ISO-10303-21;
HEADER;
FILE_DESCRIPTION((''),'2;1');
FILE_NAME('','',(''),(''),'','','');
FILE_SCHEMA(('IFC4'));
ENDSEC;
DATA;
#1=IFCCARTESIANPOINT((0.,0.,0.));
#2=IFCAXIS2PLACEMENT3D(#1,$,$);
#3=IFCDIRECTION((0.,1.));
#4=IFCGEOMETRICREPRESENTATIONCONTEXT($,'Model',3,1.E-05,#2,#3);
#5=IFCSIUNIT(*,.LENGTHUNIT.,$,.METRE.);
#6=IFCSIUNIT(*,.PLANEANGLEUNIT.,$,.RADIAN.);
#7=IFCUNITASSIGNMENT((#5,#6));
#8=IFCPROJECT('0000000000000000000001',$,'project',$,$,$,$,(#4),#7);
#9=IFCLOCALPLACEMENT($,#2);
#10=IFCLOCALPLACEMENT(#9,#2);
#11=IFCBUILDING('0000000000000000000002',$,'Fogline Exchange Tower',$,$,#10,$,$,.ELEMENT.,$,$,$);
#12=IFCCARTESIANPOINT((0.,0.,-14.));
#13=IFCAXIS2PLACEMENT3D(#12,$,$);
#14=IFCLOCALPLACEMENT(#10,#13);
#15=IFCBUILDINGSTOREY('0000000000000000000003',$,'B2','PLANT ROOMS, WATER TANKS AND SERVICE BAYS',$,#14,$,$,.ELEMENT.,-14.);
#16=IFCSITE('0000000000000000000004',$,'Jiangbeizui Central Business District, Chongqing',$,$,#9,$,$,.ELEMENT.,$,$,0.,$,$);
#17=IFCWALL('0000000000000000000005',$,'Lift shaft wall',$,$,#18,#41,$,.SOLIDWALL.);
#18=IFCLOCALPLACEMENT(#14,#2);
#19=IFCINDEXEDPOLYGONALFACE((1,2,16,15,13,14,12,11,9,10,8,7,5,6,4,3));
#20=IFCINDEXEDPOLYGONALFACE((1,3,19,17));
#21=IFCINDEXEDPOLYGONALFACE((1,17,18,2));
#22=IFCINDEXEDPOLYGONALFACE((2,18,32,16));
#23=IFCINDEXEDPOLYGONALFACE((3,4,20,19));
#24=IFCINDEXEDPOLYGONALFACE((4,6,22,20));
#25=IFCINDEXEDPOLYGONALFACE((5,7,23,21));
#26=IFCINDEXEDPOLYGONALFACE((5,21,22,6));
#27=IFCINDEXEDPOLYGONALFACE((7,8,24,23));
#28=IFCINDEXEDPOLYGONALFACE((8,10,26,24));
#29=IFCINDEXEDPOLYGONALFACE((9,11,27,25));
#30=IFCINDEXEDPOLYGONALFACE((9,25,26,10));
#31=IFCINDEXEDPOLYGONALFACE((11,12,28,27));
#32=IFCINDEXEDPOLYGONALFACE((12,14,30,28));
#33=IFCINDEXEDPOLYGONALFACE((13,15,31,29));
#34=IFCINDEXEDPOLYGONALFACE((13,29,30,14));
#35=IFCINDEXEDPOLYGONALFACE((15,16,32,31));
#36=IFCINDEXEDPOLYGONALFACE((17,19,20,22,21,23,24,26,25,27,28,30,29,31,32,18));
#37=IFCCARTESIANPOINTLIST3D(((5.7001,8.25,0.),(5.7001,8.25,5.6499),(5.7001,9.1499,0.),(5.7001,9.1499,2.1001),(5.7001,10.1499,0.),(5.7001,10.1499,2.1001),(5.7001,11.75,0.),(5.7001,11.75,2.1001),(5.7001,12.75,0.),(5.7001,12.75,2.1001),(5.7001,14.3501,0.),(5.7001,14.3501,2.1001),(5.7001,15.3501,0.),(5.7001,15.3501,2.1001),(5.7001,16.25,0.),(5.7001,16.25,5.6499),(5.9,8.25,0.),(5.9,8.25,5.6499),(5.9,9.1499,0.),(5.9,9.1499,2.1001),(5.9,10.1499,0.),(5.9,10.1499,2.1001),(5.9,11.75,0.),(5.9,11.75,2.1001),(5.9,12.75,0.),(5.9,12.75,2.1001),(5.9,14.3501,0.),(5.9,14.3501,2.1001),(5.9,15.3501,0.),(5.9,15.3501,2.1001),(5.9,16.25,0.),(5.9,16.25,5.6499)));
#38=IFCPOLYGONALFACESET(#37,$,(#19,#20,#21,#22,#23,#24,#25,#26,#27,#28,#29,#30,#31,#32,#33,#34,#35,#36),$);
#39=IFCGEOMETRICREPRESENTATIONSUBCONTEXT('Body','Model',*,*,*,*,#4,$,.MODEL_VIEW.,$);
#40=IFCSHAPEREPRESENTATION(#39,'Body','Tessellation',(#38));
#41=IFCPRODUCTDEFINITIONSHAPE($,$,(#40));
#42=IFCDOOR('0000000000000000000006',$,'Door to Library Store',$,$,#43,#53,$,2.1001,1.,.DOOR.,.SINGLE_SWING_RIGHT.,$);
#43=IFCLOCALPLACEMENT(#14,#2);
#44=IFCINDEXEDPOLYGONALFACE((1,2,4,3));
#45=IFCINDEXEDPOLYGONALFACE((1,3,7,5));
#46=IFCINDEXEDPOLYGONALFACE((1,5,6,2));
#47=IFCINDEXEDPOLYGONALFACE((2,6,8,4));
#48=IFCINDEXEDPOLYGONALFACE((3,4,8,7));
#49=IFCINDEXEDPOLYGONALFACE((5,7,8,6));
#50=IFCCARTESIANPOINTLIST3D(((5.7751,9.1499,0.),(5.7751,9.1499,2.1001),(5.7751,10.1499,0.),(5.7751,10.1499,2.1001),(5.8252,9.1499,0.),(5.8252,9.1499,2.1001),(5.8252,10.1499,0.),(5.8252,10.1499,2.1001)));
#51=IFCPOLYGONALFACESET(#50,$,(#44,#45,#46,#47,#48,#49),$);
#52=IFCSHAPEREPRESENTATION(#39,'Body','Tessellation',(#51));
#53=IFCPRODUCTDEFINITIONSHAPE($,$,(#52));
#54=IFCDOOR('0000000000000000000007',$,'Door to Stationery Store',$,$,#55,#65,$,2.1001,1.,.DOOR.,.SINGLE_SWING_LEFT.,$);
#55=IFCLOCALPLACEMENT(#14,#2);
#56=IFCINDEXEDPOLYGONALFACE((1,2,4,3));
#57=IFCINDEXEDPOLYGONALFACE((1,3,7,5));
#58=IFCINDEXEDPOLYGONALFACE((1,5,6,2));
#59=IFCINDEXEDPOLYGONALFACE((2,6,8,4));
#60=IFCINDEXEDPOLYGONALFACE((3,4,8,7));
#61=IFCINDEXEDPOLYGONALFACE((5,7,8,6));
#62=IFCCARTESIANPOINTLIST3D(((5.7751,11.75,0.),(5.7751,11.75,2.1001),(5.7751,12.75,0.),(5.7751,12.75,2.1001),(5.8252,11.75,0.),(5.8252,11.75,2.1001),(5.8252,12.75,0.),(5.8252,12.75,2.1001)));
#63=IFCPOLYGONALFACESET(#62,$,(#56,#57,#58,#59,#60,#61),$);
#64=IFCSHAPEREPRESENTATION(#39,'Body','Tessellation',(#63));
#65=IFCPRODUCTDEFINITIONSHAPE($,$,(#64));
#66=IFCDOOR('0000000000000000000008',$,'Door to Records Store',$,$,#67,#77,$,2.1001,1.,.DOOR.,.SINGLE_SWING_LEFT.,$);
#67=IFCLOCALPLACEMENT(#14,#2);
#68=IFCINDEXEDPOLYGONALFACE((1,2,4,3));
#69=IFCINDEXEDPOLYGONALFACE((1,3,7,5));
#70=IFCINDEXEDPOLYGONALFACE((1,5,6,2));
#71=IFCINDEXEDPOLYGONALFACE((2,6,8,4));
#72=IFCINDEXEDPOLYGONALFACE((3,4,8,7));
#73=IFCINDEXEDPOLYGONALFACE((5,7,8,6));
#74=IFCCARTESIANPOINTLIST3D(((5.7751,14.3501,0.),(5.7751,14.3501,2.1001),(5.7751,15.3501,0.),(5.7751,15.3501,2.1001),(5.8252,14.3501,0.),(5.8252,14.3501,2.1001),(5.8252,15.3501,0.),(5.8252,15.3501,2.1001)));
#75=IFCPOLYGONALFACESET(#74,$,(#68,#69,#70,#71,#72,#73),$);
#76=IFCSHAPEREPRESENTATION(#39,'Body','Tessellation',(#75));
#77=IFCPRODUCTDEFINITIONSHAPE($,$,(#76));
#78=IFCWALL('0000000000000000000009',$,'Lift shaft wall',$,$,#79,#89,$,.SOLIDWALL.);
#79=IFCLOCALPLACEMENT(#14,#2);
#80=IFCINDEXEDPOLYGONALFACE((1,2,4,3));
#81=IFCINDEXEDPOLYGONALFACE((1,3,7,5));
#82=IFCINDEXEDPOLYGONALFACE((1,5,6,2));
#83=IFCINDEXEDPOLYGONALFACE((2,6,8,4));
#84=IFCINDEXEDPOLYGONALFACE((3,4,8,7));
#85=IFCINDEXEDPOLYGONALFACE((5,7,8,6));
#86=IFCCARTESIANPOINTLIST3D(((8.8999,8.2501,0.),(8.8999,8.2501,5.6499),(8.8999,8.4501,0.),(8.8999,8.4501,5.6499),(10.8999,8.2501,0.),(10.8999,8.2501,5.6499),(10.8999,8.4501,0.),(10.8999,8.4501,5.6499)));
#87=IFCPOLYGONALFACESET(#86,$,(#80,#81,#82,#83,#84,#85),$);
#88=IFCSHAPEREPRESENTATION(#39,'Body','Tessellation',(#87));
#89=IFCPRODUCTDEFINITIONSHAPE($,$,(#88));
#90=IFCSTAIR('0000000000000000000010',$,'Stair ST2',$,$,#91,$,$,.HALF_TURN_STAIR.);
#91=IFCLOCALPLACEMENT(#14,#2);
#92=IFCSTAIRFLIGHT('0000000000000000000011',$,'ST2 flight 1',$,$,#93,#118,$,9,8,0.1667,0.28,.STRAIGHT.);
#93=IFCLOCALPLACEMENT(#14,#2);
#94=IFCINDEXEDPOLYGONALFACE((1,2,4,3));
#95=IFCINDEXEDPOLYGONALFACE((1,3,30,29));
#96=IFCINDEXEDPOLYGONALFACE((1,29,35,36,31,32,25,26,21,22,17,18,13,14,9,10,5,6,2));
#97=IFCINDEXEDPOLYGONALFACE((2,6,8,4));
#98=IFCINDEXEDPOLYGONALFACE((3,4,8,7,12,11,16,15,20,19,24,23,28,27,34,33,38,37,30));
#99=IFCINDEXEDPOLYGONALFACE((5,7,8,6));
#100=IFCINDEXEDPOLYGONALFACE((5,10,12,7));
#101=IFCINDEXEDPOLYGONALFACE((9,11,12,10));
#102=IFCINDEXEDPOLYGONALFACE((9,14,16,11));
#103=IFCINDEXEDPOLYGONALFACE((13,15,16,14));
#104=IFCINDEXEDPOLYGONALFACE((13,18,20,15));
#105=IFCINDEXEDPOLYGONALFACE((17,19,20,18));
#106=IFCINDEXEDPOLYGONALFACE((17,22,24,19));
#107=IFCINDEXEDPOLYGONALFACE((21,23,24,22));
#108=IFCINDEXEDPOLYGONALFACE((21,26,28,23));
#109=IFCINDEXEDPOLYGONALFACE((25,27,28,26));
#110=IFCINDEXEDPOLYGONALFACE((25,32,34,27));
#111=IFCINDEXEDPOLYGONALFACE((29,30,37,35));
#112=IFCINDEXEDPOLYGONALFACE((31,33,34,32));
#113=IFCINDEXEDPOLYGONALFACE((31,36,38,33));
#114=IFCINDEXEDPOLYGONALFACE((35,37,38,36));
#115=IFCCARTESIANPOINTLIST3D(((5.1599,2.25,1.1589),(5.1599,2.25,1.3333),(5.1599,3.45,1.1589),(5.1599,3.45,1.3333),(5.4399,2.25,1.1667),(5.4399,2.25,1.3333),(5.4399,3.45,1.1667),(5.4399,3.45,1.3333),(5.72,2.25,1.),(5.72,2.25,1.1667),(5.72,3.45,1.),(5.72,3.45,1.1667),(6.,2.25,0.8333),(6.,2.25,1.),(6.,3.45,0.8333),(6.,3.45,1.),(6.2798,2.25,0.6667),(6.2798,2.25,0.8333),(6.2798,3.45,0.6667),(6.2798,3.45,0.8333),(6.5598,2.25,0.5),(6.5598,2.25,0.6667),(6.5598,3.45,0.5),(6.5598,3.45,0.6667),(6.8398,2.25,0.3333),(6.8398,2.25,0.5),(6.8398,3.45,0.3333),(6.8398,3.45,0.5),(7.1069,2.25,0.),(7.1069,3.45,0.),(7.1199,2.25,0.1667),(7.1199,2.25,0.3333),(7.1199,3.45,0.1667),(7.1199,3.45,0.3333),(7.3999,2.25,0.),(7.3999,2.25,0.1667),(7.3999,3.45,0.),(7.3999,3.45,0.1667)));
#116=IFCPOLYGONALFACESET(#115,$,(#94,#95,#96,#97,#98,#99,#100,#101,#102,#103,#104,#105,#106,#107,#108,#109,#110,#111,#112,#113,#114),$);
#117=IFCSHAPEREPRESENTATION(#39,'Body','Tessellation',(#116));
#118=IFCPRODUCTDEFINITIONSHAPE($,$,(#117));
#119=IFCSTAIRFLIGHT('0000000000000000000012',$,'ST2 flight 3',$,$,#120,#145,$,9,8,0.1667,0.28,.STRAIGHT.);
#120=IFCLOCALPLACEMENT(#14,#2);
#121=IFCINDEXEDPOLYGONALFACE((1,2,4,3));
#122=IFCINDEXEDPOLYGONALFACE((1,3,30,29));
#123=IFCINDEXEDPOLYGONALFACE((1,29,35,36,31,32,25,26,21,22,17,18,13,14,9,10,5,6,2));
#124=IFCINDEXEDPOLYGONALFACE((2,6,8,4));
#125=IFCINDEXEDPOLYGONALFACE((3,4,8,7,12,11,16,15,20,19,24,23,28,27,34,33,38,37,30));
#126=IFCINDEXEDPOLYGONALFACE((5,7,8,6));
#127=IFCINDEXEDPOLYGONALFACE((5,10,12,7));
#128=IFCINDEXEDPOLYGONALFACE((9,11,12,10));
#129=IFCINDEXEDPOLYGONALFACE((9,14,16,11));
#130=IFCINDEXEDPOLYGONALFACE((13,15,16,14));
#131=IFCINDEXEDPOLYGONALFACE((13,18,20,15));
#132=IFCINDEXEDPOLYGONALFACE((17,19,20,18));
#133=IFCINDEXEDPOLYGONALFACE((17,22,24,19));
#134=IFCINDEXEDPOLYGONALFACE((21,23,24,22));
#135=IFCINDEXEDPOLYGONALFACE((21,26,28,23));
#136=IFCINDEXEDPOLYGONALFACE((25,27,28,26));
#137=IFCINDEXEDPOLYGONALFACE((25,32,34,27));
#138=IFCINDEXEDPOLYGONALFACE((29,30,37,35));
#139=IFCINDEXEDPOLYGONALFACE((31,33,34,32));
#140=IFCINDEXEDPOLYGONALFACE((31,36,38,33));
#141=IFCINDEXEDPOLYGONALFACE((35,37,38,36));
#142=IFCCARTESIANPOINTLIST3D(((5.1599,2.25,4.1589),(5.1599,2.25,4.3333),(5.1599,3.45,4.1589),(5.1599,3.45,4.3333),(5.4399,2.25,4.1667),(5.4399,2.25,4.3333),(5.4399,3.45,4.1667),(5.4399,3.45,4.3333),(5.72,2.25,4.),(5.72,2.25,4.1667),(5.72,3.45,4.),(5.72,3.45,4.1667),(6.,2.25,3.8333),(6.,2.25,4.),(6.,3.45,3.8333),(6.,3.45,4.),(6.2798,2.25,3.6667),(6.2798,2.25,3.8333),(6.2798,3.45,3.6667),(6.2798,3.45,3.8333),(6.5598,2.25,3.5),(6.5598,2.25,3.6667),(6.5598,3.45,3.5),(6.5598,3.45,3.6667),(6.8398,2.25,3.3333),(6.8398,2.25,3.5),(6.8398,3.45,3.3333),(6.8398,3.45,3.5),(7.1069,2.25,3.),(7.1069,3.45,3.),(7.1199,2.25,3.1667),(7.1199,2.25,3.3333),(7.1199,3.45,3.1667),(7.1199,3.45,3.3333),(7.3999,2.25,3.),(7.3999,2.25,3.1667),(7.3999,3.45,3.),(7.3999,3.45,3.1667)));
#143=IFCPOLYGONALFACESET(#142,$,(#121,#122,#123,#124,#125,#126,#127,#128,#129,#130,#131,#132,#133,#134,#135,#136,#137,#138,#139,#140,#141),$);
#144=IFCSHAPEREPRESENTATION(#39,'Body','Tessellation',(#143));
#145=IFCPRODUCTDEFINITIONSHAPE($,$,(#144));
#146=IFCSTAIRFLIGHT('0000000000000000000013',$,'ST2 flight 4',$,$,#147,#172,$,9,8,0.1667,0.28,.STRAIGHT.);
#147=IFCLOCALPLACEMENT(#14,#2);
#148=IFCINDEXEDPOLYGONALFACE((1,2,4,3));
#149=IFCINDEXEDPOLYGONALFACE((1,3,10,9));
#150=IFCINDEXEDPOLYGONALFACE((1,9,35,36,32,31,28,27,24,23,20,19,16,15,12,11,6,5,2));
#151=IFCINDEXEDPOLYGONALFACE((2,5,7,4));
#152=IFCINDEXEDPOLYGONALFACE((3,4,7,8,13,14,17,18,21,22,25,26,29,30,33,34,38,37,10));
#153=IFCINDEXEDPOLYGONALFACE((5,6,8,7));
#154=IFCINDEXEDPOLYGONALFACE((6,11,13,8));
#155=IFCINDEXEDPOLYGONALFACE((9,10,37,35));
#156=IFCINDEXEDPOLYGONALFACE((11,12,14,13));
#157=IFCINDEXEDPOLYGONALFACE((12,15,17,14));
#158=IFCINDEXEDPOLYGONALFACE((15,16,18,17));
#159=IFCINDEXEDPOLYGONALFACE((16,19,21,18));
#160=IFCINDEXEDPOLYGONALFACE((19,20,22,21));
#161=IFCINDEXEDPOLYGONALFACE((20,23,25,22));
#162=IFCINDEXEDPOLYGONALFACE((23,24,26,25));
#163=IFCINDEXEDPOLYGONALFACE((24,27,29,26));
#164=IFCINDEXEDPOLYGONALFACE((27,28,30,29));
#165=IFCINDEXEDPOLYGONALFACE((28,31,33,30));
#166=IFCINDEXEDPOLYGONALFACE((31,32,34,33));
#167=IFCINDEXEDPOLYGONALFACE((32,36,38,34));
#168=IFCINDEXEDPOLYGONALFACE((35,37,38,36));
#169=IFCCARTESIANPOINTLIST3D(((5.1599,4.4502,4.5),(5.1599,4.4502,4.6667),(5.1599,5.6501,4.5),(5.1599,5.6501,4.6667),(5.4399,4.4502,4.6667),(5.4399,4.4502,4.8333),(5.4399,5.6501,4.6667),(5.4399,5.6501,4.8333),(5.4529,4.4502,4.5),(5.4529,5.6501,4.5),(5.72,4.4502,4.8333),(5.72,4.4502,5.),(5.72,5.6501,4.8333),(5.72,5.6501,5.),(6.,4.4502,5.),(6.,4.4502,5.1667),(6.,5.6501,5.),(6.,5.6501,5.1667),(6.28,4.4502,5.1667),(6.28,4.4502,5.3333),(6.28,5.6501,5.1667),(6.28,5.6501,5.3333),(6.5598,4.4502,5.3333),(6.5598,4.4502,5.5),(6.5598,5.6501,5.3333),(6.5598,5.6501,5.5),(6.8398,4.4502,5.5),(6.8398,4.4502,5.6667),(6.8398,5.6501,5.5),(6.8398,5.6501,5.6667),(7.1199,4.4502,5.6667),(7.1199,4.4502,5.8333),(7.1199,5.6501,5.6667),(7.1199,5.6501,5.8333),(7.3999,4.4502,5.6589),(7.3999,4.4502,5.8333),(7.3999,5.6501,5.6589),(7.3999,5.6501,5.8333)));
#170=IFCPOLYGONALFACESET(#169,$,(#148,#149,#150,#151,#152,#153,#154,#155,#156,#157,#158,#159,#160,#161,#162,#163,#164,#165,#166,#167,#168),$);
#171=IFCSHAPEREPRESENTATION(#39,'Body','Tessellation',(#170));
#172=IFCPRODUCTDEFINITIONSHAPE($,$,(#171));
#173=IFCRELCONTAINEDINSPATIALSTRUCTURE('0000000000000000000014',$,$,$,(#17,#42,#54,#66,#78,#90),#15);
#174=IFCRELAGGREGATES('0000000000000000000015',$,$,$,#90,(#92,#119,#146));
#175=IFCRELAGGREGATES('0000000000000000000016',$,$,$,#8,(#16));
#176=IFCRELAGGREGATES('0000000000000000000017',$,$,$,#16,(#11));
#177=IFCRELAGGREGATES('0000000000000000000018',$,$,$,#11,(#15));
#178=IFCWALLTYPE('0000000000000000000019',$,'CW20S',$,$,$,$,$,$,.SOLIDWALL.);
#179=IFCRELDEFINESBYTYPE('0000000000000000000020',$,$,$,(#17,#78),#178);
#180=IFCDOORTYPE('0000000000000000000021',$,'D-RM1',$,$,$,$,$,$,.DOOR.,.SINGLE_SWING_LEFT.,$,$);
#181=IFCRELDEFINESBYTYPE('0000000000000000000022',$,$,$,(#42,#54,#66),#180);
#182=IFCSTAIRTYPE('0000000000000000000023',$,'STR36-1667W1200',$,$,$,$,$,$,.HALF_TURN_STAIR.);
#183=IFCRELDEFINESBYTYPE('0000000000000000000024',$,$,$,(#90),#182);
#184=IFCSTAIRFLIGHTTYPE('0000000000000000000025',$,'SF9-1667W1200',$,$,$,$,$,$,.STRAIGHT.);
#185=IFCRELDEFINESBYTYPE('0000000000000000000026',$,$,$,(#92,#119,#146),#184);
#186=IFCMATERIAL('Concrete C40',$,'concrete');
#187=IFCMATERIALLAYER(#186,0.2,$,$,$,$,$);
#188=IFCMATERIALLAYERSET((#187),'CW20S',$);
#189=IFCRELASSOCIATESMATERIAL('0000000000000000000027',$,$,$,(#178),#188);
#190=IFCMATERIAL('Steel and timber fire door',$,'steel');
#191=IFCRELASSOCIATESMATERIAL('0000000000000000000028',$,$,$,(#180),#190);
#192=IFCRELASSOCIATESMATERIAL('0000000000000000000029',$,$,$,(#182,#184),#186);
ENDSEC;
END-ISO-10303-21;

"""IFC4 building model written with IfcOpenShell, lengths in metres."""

from ifc_helpers import new_model, si_unit, direction, frame, frame_2d, origin, place, context, subcontext, project, spatial, polyline, rectangle, outline, extrude, material, layer, layer_set, type_object, element, fill, aggregate, save


model = new_model("IFC4")

# Units and contexts
model_context = context("Model", 3, precision=1e-05, world=origin(), true_north=direction((0.0, 1.0)))
body_context = subcontext(model_context, "Body", "Model", "MODEL_VIEW")
ifc_project = project(units=[si_unit("LENGTHUNIT", "METRE"), si_unit("PLANEANGLEUNIT", "RADIAN")], contexts=[model_context])

# Site, building, storey
site_placement = place(None, origin())
site = spatial("IfcSite", under=ifc_project, at=site_placement, Name="Jiangbeizui Central Business District, Chongqing", CompositionType="ELEMENT", RefElevation=0.0)
building_placement = place(site_placement, origin())
building = spatial("IfcBuilding", under=site, at=building_placement, Name="Fogline Exchange Tower", CompositionType="ELEMENT")
storey_placement = place(building_placement, frame((0.0, 0.0, -14.0)))
storey = spatial("IfcBuildingStorey", under=building, at=storey_placement, Name="B2", Description="PLANT ROOMS, WATER TANKS AND SERVICE BAYS", CompositionType="ELEMENT", Elevation=-14.0)

# Shared definitions
ifc_material_1 = material(Name="Concrete C40", Category="concrete")

# Shared definitions
ifc_material_2 = material(Name="Steel and timber fire door", Category="steel")

# Wall, openings, doors
ifc_layer_1 = layer(ifc_material_1, 0.2)
ifc_layer_set_1 = layer_set([ifc_layer_1], Name="CW20S")
wall_type_1 = type_object("IfcWallType", Name="CW20S", PredefinedType="SOLIDWALL", material=ifc_layer_set_1)
door_type_1 = type_object("IfcDoorType", Name="D-RM1", OperationType="SINGLE_SWING_LEFT", PredefinedType="DOOR", material=ifc_material_2)
wall_1_placement = place(storey_placement, frame((5.8, 8.25, 0.0), z_axis=(0.0, 0.0, 1.0), x_axis=(0.0, 1.0, 0.0)))
wall_1 = element("IfcWall", 1, at=wall_1_placement, inside=storey, type_object=wall_type_1, Name="Lift shaft wall", PredefinedType="SOLIDWALL", context=body_context, shape_type="SweptSolid", body=[
    extrude(rectangle(XDim=8.0, YDim=0.2, at=frame_2d((4.0, 0.0))), origin(), (0.0, 0.0, 1.0), 5.6499),
])
opening_1_placement = place(wall_1_placement, frame((0.8999, 0.0, 0.0)))
opening_1 = element("IfcOpeningElement", 2, at=opening_1_placement, cuts=wall_1, PredefinedType="OPENING", context=body_context, shape_type="SweptSolid", body=[
    extrude(rectangle(XDim=1.0, YDim=2.1001, at=frame_2d((0.5, 1.05))), frame((0.0, 0.1099, 0.0), z_axis=(0.0, -1.0, 0.0), x_axis=(1.0, 0.0, 0.0)), (0.0, 0.0, 1.0), 0.22),
])
opening_2_placement = place(wall_1_placement, frame((3.5, 0.0, 0.0)))
opening_2 = element("IfcOpeningElement", 3, at=opening_2_placement, cuts=wall_1, PredefinedType="OPENING", context=body_context, shape_type="SweptSolid", body=[
    extrude(rectangle(XDim=1.0, YDim=2.1001, at=frame_2d((0.5, 1.05))), frame((0.0, 0.1099, 0.0), z_axis=(0.0, -1.0, 0.0), x_axis=(1.0, 0.0, 0.0)), (0.0, 0.0, 1.0), 0.22),
])
opening_3_placement = place(wall_1_placement, frame((6.1001, 0.0, 0.0)))
opening_3 = element("IfcOpeningElement", 4, at=opening_3_placement, cuts=wall_1, PredefinedType="OPENING", context=body_context, shape_type="SweptSolid", body=[
    extrude(rectangle(XDim=1.0, YDim=2.1001, at=frame_2d((0.5, 1.05))), frame((0.0, 0.1099, 0.0), z_axis=(0.0, -1.0, 0.0), x_axis=(1.0, 0.0, 0.0)), (0.0, 0.0, 1.0), 0.22),
])
door_1_placement = place(opening_1_placement, origin())
door_1 = element("IfcDoor", 5, at=door_1_placement, inside=storey, type_object=door_type_1, Name="Door to Library Store", OperationType="SINGLE_SWING_RIGHT", OverallHeight=2.1001, OverallWidth=1.0, PredefinedType="DOOR", context=body_context, shape_type="SweptSolid", body=[
    extrude(rectangle(XDim=1.0, YDim=2.1001, at=frame_2d((0.5, 1.05))), frame((0.0, 0.0249, 0.0), z_axis=(0.0, -1.0, 0.0), x_axis=(1.0, 0.0, 0.0)), (0.0, 0.0, 1.0), 0.05),
])
fill(opening_1, door_1)
door_2_placement = place(opening_2_placement, origin())
door_2 = element("IfcDoor", 6, at=door_2_placement, inside=storey, type_object=door_type_1, Name="Door to Stationery Store", OperationType="SINGLE_SWING_LEFT", OverallHeight=2.1001, OverallWidth=1.0, PredefinedType="DOOR", context=body_context, shape_type="SweptSolid", body=[
    extrude(rectangle(XDim=1.0, YDim=2.1001, at=frame_2d((0.5, 1.05))), frame((0.0, 0.0249, 0.0), z_axis=(0.0, -1.0, 0.0), x_axis=(1.0, 0.0, 0.0)), (0.0, 0.0, 1.0), 0.05),
])
fill(opening_2, door_2)
door_3_placement = place(opening_3_placement, origin())
door_3 = element("IfcDoor", 7, at=door_3_placement, inside=storey, type_object=door_type_1, Name="Door to Records Store", OperationType="SINGLE_SWING_LEFT", OverallHeight=2.1001, OverallWidth=1.0, PredefinedType="DOOR", context=body_context, shape_type="SweptSolid", body=[
    extrude(rectangle(XDim=1.0, YDim=2.1001, at=frame_2d((0.5, 1.05))), frame((0.0, 0.0249, 0.0), z_axis=(0.0, -1.0, 0.0), x_axis=(1.0, 0.0, 0.0)), (0.0, 0.0, 1.0), 0.05),
])
fill(opening_3, door_3)

# Wall
wall_2_placement = place(storey_placement, frame((8.8999, 8.3501, 0.0), z_axis=(0.0, 0.0, 1.0), x_axis=(1.0, 0.0, 0.0)))
element("IfcWall", 8, at=wall_2_placement, inside=storey, type_object=wall_type_1, Name="Lift shaft wall", PredefinedType="SOLIDWALL", context=body_context, shape_type="SweptSolid", body=[
    extrude(rectangle(XDim=2.0, YDim=0.2, at=frame_2d((1.0, 0.0))), origin(), (0.0, 0.0, 1.0), 5.6499),
])

# Stair, stair flights
stair_type = type_object("IfcStairType", Name="STR36-1667W1200", PredefinedType="HALF_TURN_STAIR", material=ifc_material_1)
stair_placement = place(storey_placement, origin())
stair = element("IfcStair", 9, at=stair_placement, inside=storey, type_object=stair_type, Name="Stair ST2", PredefinedType="HALF_TURN_STAIR")
stair_flight_type = type_object("IfcStairFlightType", Name="SF9-1667W1200", PredefinedType="STRAIGHT", material=ifc_material_1)
stair_flight_1_placement = place(storey_placement, frame((7.3999, 2.8501, 0.0), z_axis=(0.0, 0.0, 1.0), x_axis=(-1.0, 0.0, 0.0)))
stair_flight_1 = element("IfcStairFlight", 10, at=stair_flight_1_placement, type_object=stair_flight_type, Name="ST2 flight 1", NumberOfRisers=9, NumberOfTreads=8, PredefinedType="STRAIGHT", RiserHeight=0.1667, TreadLength=0.28, context=body_context, shape_type="SweptSolid", body=[
    extrude(outline(polyline([(0.0, 0.0), (0.0, 0.1667), (0.28, 0.1667), (0.28, 0.3333), (0.5601, 0.3333), (0.5601, 0.5), (0.8401, 0.5), (0.8401, 0.6667), (1.1201, 0.6667), (1.1201, 0.8333), (1.3999, 0.8333), (1.3999, 1.0), (1.6799, 1.0), (1.6799, 1.1667), (1.96, 1.1667), (1.96, 1.3333), (2.24, 1.3333), (2.24, 1.5), (2.24, 1.1589), (0.293, 0.0), (0.0, 0.0)])), frame((0.0, 0.6001, 0.0), z_axis=(0.0, -1.0, 0.0), x_axis=(1.0, 0.0, 0.0)), (0.0, 0.0, 1.0), 1.2),
])
stair_flight_2_placement = place(storey_placement, frame((7.3999, 2.8501, 3.0), z_axis=(0.0, 0.0, 1.0), x_axis=(-1.0, 0.0, 0.0)))
stair_flight_2 = element("IfcStairFlight", 11, at=stair_flight_2_placement, type_object=stair_flight_type, Name="ST2 flight 3", NumberOfRisers=9, NumberOfTreads=8, PredefinedType="STRAIGHT", RiserHeight=0.1667, TreadLength=0.28, context=body_context, shape_type="SweptSolid", body=[
    extrude(outline(polyline([(0.0, 0.0), (0.0, 0.1667), (0.28, 0.1667), (0.28, 0.3333), (0.5601, 0.3333), (0.5601, 0.5), (0.8401, 0.5), (0.8401, 0.6667), (1.1201, 0.6667), (1.1201, 0.8333), (1.3999, 0.8333), (1.3999, 1.0), (1.6799, 1.0), (1.6799, 1.1667), (1.96, 1.1667), (1.96, 1.3333), (2.24, 1.3333), (2.24, 1.5), (2.24, 1.1589), (0.293, 0.0), (0.0, 0.0)])), frame((0.0, 0.6001, 0.0), z_axis=(0.0, -1.0, 0.0), x_axis=(1.0, 0.0, 0.0)), (0.0, 0.0, 1.0), 1.2),
])
stair_flight_3_placement = place(storey_placement, frame((5.1599, 5.05, 4.5), z_axis=(0.0, 0.0, 1.0), x_axis=(1.0, 0.0, 0.0)))
stair_flight_3 = element("IfcStairFlight", 12, at=stair_flight_3_placement, type_object=stair_flight_type, Name="ST2 flight 4", NumberOfRisers=9, NumberOfTreads=8, PredefinedType="STRAIGHT", RiserHeight=0.1667, TreadLength=0.28, context=body_context, shape_type="SweptSolid", body=[
    extrude(outline(polyline([(0.0, 0.0), (0.0, 0.1667), (0.28, 0.1667), (0.28, 0.3333), (0.5601, 0.3333), (0.5601, 0.5), (0.8401, 0.5), (0.8401, 0.6667), (1.1201, 0.6667), (1.1201, 0.8333), (1.3999, 0.8333), (1.3999, 1.0), (1.6799, 1.0), (1.6799, 1.1667), (1.96, 1.1667), (1.96, 1.3333), (2.24, 1.3333), (2.24, 1.5), (2.24, 1.1589), (0.293, 0.0), (0.0, 0.0)])), frame((0.0, 0.6001, 0.0), z_axis=(0.0, -1.0, 0.0), x_axis=(1.0, 0.0, 0.0)), (0.0, 0.0, 1.0), 1.2),
])
aggregate(stair, [stair_flight_1, stair_flight_2, stair_flight_3])

save(model, "model.ifc")
